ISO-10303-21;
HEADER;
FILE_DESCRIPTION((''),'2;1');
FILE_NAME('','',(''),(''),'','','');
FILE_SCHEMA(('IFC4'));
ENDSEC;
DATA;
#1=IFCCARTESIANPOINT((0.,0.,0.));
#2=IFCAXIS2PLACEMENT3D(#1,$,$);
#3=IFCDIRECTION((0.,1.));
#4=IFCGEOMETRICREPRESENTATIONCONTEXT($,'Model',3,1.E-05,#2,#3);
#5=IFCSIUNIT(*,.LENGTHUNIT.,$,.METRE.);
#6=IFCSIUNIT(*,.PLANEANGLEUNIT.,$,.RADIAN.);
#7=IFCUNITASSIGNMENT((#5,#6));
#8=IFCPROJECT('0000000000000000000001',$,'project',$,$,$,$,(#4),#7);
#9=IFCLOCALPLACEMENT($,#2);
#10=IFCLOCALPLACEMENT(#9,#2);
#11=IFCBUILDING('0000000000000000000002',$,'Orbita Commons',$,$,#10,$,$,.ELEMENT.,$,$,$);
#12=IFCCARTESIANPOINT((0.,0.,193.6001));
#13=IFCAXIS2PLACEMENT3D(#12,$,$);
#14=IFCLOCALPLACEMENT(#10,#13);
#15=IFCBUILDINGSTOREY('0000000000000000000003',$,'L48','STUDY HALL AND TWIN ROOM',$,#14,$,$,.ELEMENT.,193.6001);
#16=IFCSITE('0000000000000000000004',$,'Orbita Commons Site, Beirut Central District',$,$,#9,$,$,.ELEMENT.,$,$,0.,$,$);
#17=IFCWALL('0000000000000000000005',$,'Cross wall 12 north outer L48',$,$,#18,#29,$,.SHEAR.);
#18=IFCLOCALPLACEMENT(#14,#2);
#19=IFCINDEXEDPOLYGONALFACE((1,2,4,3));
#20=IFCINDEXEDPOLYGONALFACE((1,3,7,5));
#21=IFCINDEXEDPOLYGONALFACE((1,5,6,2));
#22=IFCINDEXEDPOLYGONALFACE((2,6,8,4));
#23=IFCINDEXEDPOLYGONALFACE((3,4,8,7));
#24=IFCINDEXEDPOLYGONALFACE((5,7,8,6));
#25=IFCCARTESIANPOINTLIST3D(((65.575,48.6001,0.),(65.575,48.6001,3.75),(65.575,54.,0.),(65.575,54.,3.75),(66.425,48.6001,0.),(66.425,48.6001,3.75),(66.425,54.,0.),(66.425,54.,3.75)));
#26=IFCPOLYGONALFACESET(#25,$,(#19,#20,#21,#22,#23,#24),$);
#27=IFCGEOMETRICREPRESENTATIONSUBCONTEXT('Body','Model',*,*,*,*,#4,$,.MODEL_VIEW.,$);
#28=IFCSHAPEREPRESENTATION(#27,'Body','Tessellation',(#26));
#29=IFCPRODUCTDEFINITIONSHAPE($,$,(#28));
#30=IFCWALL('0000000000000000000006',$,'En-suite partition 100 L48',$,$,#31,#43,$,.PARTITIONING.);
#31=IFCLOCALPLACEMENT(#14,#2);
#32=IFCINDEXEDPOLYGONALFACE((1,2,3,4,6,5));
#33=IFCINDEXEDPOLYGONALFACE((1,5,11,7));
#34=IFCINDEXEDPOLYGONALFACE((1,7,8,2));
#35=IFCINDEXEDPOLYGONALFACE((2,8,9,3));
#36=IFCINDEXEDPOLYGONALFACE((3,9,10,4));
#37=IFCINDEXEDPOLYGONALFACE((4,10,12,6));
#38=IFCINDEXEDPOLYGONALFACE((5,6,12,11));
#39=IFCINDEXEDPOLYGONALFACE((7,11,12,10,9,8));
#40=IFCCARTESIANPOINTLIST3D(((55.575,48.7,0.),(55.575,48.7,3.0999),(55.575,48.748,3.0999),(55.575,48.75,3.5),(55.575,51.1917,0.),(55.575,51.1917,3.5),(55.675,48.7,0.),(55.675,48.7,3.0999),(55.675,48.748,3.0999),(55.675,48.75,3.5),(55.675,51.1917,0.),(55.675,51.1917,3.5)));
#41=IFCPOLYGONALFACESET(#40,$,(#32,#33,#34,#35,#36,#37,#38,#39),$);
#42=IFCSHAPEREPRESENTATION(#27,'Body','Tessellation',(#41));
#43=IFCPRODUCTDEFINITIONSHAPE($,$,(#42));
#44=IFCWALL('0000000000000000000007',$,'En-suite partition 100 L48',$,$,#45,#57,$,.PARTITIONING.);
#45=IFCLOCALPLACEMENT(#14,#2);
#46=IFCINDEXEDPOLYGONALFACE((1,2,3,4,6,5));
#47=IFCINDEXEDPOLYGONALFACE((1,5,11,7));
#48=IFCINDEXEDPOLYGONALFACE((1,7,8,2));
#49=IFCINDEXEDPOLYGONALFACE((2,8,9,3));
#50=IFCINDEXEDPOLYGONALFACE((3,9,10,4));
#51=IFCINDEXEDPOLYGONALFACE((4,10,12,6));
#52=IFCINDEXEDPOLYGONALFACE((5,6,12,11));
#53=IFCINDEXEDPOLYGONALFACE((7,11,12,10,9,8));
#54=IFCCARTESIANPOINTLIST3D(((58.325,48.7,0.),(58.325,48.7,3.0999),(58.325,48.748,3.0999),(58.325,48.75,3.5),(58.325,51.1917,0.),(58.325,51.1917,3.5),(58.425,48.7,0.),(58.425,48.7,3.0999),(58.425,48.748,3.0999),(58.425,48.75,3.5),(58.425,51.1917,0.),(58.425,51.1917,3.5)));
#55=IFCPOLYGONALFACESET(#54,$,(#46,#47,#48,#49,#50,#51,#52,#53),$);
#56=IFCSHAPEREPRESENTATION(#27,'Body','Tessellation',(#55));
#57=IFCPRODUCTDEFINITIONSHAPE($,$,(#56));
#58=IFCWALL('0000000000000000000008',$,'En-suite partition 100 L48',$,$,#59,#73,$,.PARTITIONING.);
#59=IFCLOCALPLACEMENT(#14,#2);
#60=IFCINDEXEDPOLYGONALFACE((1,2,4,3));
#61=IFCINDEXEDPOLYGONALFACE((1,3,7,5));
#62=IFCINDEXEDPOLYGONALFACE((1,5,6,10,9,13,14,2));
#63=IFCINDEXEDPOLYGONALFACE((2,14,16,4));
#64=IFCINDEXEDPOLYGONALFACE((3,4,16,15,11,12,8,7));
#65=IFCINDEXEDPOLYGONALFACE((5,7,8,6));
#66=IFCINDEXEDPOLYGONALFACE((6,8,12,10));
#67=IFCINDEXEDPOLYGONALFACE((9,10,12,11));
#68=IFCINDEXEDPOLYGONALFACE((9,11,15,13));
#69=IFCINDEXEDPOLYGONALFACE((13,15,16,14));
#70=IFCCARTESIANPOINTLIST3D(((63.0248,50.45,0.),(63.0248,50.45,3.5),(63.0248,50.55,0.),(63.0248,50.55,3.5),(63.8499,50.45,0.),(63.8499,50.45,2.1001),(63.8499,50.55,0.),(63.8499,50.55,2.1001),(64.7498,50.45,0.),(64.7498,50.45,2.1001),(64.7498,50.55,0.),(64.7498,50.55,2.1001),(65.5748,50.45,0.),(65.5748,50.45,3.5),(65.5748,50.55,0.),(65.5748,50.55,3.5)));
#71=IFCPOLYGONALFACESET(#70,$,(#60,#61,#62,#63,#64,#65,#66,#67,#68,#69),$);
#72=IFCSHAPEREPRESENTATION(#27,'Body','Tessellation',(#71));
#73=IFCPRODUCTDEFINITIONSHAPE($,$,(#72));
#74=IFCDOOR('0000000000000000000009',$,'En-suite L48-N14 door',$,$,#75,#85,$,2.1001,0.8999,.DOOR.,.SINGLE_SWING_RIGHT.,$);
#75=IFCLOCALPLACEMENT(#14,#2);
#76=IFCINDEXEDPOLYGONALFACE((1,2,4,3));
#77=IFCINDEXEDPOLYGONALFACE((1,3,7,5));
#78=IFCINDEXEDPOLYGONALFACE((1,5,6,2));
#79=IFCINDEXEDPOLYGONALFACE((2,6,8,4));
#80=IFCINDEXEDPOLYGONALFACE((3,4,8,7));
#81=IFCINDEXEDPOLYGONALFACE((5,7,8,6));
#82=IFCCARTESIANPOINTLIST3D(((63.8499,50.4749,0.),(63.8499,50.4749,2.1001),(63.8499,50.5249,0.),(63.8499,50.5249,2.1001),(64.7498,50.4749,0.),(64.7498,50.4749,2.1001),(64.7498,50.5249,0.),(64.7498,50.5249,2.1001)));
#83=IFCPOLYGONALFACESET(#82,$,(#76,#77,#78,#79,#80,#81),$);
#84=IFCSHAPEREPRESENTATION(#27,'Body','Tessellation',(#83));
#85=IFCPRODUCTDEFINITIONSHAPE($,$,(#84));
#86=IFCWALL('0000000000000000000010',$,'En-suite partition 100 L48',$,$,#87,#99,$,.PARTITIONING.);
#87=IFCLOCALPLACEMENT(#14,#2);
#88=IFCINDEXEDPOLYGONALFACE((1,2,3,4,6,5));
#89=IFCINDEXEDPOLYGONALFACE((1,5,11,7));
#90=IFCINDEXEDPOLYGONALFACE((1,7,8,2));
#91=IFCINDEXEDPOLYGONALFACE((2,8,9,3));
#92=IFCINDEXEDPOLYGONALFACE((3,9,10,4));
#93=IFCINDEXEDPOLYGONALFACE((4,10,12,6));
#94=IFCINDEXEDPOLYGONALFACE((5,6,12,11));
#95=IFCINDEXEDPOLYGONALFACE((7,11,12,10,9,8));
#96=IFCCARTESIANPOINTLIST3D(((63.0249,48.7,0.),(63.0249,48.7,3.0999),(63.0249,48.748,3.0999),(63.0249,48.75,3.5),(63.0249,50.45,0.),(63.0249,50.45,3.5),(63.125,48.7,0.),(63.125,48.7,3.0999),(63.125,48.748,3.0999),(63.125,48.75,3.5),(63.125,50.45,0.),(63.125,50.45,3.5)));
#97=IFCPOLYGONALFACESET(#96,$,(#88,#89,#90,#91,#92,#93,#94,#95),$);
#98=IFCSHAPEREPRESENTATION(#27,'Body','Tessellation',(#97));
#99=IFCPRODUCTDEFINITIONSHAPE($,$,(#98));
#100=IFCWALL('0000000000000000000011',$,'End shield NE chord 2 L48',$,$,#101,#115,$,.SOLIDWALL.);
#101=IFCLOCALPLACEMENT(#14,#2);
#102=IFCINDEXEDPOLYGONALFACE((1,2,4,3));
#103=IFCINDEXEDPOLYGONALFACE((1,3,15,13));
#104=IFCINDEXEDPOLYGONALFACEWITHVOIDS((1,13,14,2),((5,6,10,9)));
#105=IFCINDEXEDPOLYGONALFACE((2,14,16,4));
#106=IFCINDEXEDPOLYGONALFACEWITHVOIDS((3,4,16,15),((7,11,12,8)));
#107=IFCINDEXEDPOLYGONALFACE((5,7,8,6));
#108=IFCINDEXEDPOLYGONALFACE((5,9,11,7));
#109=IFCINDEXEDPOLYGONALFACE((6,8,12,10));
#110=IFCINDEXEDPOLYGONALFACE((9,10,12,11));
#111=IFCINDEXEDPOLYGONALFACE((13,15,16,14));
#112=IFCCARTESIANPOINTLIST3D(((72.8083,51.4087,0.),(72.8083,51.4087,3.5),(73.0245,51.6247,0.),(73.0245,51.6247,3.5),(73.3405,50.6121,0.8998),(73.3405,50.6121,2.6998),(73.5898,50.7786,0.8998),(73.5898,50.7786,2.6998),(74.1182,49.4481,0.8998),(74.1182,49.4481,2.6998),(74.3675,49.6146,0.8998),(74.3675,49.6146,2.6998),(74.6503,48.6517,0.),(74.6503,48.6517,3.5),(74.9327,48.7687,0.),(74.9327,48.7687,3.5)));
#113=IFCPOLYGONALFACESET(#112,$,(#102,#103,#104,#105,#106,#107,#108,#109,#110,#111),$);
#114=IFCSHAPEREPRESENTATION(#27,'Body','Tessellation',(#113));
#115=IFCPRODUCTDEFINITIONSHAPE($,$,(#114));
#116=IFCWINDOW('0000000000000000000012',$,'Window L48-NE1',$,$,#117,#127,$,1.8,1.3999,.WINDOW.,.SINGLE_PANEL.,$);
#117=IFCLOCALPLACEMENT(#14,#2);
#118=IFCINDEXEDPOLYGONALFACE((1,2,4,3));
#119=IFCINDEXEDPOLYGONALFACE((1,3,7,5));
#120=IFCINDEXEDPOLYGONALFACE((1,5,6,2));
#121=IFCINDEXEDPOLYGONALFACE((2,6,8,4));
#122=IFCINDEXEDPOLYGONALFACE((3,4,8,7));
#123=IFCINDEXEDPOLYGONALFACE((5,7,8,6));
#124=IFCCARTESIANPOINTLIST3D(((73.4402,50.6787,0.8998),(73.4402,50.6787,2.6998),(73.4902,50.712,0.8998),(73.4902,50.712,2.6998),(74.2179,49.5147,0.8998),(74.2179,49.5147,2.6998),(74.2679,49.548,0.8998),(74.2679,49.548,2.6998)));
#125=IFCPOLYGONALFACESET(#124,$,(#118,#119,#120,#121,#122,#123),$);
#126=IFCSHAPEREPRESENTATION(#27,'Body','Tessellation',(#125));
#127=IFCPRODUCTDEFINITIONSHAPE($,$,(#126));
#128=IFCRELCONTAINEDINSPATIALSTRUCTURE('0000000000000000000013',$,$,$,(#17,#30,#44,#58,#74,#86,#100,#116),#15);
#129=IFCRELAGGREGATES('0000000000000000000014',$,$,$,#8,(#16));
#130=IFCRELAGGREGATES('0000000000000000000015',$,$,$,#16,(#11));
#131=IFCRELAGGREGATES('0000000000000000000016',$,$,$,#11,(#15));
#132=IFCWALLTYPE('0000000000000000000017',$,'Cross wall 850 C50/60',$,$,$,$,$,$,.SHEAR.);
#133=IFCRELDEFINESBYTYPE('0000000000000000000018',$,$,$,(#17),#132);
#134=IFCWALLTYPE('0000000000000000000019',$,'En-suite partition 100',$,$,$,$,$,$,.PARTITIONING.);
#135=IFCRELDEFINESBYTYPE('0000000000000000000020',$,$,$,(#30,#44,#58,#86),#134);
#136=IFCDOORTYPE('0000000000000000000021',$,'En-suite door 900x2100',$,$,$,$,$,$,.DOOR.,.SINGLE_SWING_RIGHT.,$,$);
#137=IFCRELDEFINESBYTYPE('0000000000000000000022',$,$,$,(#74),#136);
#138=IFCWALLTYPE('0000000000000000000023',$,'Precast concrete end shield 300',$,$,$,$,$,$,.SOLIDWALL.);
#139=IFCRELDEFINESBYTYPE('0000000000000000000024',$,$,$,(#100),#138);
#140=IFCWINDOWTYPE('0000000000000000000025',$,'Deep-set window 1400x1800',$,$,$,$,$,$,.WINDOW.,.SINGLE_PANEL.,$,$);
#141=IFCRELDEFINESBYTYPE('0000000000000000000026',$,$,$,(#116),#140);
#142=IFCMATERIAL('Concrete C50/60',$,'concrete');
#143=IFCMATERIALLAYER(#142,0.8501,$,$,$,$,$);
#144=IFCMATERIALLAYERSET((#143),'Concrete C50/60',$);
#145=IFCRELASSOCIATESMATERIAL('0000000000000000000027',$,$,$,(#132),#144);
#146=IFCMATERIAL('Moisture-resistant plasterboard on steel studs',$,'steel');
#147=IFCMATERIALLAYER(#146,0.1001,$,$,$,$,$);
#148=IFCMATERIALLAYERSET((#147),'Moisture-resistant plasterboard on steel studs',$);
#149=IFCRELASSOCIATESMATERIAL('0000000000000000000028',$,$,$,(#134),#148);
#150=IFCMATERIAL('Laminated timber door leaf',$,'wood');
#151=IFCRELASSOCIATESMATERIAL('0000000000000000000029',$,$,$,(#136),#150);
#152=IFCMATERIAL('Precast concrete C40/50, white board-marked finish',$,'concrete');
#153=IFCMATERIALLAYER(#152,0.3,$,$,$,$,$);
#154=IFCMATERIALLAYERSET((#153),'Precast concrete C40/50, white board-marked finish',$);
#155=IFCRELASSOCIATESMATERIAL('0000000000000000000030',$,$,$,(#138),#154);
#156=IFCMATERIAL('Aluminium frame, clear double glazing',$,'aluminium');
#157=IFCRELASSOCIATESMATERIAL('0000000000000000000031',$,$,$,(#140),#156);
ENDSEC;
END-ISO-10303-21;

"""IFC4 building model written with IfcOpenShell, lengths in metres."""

from ifc_helpers import new_model, si_unit, direction, frame, frame_2d, origin, place, context, subcontext, project, spatial, polyline, rectangle, outline, extrude, material, layer, layer_set, type_object, element, fill, save


model = new_model("IFC4")

# Units and contexts
model_context = context("Model", 3, precision=1e-05, world=origin(), true_north=direction((0.0, 1.0)))
body_context = subcontext(model_context, "Body", "Model", "MODEL_VIEW")
ifc_project = project(units=[si_unit("LENGTHUNIT", "METRE"), si_unit("PLANEANGLEUNIT", "RADIAN")], contexts=[model_context])

# Site, building, storey
site_placement = place(None, origin())
site = spatial("IfcSite", under=ifc_project, at=site_placement, Name="Orbita Commons Site, Beirut Central District", CompositionType="ELEMENT", RefElevation=0.0)
building_placement = place(site_placement, origin())
building = spatial("IfcBuilding", under=site, at=building_placement, Name="Orbita Commons", CompositionType="ELEMENT")
storey_placement = place(building_placement, frame((0.0, 0.0, 193.6001)))
storey = spatial("IfcBuildingStorey", under=building, at=storey_placement, Name="L48", Description="STUDY HALL AND TWIN ROOM", CompositionType="ELEMENT", Elevation=193.6001)

# Walls
ifc_material_1 = material(Name="Concrete C50/60", Category="concrete")
ifc_layer_1 = layer(ifc_material_1, 0.8501)
ifc_layer_set_1 = layer_set([ifc_layer_1], Name="Concrete C50/60")
wall_type_1 = type_object("IfcWallType", Name="Cross wall 850 C50/60", PredefinedType="SHEAR", material=ifc_layer_set_1)
for number, where, z_axis, x_axis, name in (
    (1, (66.0, 48.6001, 0.0), (0.0, 0.0, 1.0), (0.0, 1.0, 0.0), "Cross wall 12 north outer L48"),
):
    element("IfcWall", number, at=place(storey_placement, frame(where, z_axis=z_axis, x_axis=x_axis)), inside=storey, type_object=wall_type_1, Name=name, PredefinedType="SHEAR", context=body_context, shape_type="SweptSolid", body=[
        extrude(rectangle(XDim=5.3999, YDim=0.8501, at=frame_2d((2.7, 0.0))), origin(), (0.0, 0.0, 1.0), 3.75),
    ])
ifc_material_2 = material(Name="Moisture-resistant plasterboard on steel studs", Category="steel")
ifc_layer_2 = layer(ifc_material_2, 0.1001)
ifc_layer_set_2 = layer_set([ifc_layer_2], Name="Moisture-resistant plasterboard on steel studs")
wall_type_2 = type_object("IfcWallType", Name="En-suite partition 100", PredefinedType="PARTITIONING", material=ifc_layer_set_2)
for number, where, z_axis, x_axis, name in (
    (2, (55.625, 51.1917, 0.0), (0.0, 0.0, 1.0), (0.0, -1.0, 0.0), "En-suite partition 100 L48"),
    (3, (58.375, 51.1917, 0.0), (0.0, 0.0, 1.0), (0.0, -1.0, 0.0), "En-suite partition 100 L48"),
):
    element("IfcWall", number, at=place(storey_placement, frame(where, z_axis=z_axis, x_axis=x_axis)), inside=storey, type_object=wall_type_2, Name=name, PredefinedType="PARTITIONING", context=body_context, shape_type="SweptSolid", body=[
        extrude(outline(polyline([(0.0, 0.0), (2.4917, 0.0), (2.4917, 3.0999), (2.4436, 3.0999), (2.4417, 3.5), (0.0, 3.5), (0.0, 0.0)])), frame((0.0, 0.05, 0.0), z_axis=(0.0, -1.0, 0.0), x_axis=(1.0, 0.0, 0.0)), (0.0, 0.0, 1.0), 0.1001),
    ])

# Wall, opening, door
wall_1_placement = place(storey_placement, frame((63.0249, 50.5, 0.0), z_axis=(0.0, 0.0, 1.0), x_axis=(1.0, 0.0, 0.0)))
wall_1 = element("IfcWall", 4, at=wall_1_placement, inside=storey, type_object=wall_type_2, Name="En-suite partition 100 L48", PredefinedType="PARTITIONING", context=body_context, shape_type="SweptSolid", body=[
    extrude(rectangle(XDim=2.55, YDim=0.1001, at=frame_2d((1.2749, 0.0))), origin(), (0.0, 0.0, 1.0), 3.5),
])
opening_1_placement = place(wall_1_placement, frame((0.825, 0.0, 0.0)))
opening_1 = element("IfcOpeningElement", 5, at=opening_1_placement, cuts=wall_1, PredefinedType="OPENING", context=body_context, shape_type="SweptSolid", body=[
    extrude(rectangle(XDim=0.8999, YDim=2.1001, at=frame_2d((0.45, 1.05))), frame((0.0, 0.0601, 0.0), z_axis=(0.0, -1.0, 0.0), x_axis=(1.0, 0.0, 0.0)), (0.0, 0.0, 1.0), 0.1201),
])
ifc_material_3 = material(Name="Laminated timber door leaf", Category="wood")
door_type_1 = type_object("IfcDoorType", Name="En-suite door 900x2100", OperationType="SINGLE_SWING_RIGHT", PredefinedType="DOOR", material=ifc_material_3)
door_1_placement = place(opening_1_placement, origin())
door_1 = element("IfcDoor", 6, at=door_1_placement, inside=storey, type_object=door_type_1, Name="En-suite L48-N14 door", OperationType="SINGLE_SWING_RIGHT", OverallHeight=2.1001, OverallWidth=0.8999, PredefinedType="DOOR", context=body_context, shape_type="SweptSolid", body=[
    extrude(rectangle(XDim=0.8999, YDim=2.1001, at=frame_2d((0.45, 1.05))), frame((0.0, 0.0249, 0.0), z_axis=(0.0, -1.0, 0.0), x_axis=(1.0, 0.0, 0.0)), (0.0, 0.0, 1.0), 0.05),
])
fill(opening_1, door_1)

# Wall
wall_2_placement = place(storey_placement, frame((63.075, 50.45, 0.0), z_axis=(0.0, 0.0, 1.0), x_axis=(0.0, -1.0, 0.0)))
element("IfcWall", 7, at=wall_2_placement, inside=storey, type_object=wall_type_2, Name="En-suite partition 100 L48", PredefinedType="PARTITIONING", context=body_context, shape_type="SweptSolid", body=[
    extrude(outline(polyline([(0.0, 0.0), (1.75, 0.0), (1.75, 3.0999), (1.7019, 3.0999), (1.7, 3.5), (0.0, 3.5), (0.0, 0.0)])), frame((0.0, 0.05, 0.0), z_axis=(0.0, -1.0, 0.0), x_axis=(1.0, 0.0, 0.0)), (0.0, 0.0, 1.0), 0.1001),
])

# Wall, opening, window
ifc_material_4 = material(Name="Precast concrete C40/50, white board-marked finish", Category="concrete")
ifc_layer_3 = layer(ifc_material_4, 0.3)
ifc_layer_set_3 = layer_set([ifc_layer_3], Name="Precast concrete C40/50, white board-marked finish")
wall_type_3 = type_object("IfcWallType", Name="Precast concrete end shield 300", PredefinedType="SOLIDWALL", material=ifc_layer_set_3)
wall_3_placement = place(storey_placement, frame((74.7915, 48.7102, 0.0), z_axis=(0.0, 0.0, 1.0), x_axis=(-0.555535, 0.831493, 0.0)))
wall_3 = element("IfcWall", 8, at=wall_3_placement, inside=storey, type_object=wall_type_3, Name="End shield NE chord 2 L48", PredefinedType="SOLIDWALL", context=body_context, shape_type="SweptSolid", body=[
    extrude(outline(polyline([(-0.0298, -0.1499), (3.405, -0.1499), (3.3455, 0.1499), (0.0298, 0.1499), (-0.0298, -0.1499)])), origin(), (0.0, 0.0, 1.0), 3.5),
])
opening_2_placement = place(wall_3_placement, frame((0.9875, 0.0, 0.8999)))
opening_2 = element("IfcOpeningElement", 9, at=opening_2_placement, cuts=wall_3, PredefinedType="OPENING", context=body_context, shape_type="SweptSolid", body=[
    extrude(rectangle(XDim=1.3999, YDim=1.8, at=frame_2d((0.7, 0.8999))), frame((0.0, 0.1599, 0.0), z_axis=(0.0, -1.0, 0.0), x_axis=(1.0, 0.0, 0.0)), (0.0, 0.0, 1.0), 0.3201),
])
ifc_material_5 = material(Name="Aluminium frame, clear double glazing", Category="aluminium")
window_type = type_object("IfcWindowType", Name="Deep-set window 1400x1800", PartitioningType="SINGLE_PANEL", PredefinedType="WINDOW", material=ifc_material_5)
window_placement = place(opening_2_placement, origin())
window = element("IfcWindow", 10, at=window_placement, inside=storey, type_object=window_type, Name="Window L48-NE1", OverallHeight=1.8, OverallWidth=1.3999, PartitioningType="SINGLE_PANEL", PredefinedType="WINDOW", context=body_context, shape_type="SweptSolid", body=[
    extrude(rectangle(XDim=1.3999, YDim=1.8, at=frame_2d((0.7, 0.8999))), frame((0.0, 0.03, 0.0), z_axis=(0.0, -1.0, 0.0), x_axis=(1.0, 0.0, 0.0)), (0.0, 0.0, 1.0), 0.0601),
])
fill(opening_2, window)

save(model, "model.ifc")
